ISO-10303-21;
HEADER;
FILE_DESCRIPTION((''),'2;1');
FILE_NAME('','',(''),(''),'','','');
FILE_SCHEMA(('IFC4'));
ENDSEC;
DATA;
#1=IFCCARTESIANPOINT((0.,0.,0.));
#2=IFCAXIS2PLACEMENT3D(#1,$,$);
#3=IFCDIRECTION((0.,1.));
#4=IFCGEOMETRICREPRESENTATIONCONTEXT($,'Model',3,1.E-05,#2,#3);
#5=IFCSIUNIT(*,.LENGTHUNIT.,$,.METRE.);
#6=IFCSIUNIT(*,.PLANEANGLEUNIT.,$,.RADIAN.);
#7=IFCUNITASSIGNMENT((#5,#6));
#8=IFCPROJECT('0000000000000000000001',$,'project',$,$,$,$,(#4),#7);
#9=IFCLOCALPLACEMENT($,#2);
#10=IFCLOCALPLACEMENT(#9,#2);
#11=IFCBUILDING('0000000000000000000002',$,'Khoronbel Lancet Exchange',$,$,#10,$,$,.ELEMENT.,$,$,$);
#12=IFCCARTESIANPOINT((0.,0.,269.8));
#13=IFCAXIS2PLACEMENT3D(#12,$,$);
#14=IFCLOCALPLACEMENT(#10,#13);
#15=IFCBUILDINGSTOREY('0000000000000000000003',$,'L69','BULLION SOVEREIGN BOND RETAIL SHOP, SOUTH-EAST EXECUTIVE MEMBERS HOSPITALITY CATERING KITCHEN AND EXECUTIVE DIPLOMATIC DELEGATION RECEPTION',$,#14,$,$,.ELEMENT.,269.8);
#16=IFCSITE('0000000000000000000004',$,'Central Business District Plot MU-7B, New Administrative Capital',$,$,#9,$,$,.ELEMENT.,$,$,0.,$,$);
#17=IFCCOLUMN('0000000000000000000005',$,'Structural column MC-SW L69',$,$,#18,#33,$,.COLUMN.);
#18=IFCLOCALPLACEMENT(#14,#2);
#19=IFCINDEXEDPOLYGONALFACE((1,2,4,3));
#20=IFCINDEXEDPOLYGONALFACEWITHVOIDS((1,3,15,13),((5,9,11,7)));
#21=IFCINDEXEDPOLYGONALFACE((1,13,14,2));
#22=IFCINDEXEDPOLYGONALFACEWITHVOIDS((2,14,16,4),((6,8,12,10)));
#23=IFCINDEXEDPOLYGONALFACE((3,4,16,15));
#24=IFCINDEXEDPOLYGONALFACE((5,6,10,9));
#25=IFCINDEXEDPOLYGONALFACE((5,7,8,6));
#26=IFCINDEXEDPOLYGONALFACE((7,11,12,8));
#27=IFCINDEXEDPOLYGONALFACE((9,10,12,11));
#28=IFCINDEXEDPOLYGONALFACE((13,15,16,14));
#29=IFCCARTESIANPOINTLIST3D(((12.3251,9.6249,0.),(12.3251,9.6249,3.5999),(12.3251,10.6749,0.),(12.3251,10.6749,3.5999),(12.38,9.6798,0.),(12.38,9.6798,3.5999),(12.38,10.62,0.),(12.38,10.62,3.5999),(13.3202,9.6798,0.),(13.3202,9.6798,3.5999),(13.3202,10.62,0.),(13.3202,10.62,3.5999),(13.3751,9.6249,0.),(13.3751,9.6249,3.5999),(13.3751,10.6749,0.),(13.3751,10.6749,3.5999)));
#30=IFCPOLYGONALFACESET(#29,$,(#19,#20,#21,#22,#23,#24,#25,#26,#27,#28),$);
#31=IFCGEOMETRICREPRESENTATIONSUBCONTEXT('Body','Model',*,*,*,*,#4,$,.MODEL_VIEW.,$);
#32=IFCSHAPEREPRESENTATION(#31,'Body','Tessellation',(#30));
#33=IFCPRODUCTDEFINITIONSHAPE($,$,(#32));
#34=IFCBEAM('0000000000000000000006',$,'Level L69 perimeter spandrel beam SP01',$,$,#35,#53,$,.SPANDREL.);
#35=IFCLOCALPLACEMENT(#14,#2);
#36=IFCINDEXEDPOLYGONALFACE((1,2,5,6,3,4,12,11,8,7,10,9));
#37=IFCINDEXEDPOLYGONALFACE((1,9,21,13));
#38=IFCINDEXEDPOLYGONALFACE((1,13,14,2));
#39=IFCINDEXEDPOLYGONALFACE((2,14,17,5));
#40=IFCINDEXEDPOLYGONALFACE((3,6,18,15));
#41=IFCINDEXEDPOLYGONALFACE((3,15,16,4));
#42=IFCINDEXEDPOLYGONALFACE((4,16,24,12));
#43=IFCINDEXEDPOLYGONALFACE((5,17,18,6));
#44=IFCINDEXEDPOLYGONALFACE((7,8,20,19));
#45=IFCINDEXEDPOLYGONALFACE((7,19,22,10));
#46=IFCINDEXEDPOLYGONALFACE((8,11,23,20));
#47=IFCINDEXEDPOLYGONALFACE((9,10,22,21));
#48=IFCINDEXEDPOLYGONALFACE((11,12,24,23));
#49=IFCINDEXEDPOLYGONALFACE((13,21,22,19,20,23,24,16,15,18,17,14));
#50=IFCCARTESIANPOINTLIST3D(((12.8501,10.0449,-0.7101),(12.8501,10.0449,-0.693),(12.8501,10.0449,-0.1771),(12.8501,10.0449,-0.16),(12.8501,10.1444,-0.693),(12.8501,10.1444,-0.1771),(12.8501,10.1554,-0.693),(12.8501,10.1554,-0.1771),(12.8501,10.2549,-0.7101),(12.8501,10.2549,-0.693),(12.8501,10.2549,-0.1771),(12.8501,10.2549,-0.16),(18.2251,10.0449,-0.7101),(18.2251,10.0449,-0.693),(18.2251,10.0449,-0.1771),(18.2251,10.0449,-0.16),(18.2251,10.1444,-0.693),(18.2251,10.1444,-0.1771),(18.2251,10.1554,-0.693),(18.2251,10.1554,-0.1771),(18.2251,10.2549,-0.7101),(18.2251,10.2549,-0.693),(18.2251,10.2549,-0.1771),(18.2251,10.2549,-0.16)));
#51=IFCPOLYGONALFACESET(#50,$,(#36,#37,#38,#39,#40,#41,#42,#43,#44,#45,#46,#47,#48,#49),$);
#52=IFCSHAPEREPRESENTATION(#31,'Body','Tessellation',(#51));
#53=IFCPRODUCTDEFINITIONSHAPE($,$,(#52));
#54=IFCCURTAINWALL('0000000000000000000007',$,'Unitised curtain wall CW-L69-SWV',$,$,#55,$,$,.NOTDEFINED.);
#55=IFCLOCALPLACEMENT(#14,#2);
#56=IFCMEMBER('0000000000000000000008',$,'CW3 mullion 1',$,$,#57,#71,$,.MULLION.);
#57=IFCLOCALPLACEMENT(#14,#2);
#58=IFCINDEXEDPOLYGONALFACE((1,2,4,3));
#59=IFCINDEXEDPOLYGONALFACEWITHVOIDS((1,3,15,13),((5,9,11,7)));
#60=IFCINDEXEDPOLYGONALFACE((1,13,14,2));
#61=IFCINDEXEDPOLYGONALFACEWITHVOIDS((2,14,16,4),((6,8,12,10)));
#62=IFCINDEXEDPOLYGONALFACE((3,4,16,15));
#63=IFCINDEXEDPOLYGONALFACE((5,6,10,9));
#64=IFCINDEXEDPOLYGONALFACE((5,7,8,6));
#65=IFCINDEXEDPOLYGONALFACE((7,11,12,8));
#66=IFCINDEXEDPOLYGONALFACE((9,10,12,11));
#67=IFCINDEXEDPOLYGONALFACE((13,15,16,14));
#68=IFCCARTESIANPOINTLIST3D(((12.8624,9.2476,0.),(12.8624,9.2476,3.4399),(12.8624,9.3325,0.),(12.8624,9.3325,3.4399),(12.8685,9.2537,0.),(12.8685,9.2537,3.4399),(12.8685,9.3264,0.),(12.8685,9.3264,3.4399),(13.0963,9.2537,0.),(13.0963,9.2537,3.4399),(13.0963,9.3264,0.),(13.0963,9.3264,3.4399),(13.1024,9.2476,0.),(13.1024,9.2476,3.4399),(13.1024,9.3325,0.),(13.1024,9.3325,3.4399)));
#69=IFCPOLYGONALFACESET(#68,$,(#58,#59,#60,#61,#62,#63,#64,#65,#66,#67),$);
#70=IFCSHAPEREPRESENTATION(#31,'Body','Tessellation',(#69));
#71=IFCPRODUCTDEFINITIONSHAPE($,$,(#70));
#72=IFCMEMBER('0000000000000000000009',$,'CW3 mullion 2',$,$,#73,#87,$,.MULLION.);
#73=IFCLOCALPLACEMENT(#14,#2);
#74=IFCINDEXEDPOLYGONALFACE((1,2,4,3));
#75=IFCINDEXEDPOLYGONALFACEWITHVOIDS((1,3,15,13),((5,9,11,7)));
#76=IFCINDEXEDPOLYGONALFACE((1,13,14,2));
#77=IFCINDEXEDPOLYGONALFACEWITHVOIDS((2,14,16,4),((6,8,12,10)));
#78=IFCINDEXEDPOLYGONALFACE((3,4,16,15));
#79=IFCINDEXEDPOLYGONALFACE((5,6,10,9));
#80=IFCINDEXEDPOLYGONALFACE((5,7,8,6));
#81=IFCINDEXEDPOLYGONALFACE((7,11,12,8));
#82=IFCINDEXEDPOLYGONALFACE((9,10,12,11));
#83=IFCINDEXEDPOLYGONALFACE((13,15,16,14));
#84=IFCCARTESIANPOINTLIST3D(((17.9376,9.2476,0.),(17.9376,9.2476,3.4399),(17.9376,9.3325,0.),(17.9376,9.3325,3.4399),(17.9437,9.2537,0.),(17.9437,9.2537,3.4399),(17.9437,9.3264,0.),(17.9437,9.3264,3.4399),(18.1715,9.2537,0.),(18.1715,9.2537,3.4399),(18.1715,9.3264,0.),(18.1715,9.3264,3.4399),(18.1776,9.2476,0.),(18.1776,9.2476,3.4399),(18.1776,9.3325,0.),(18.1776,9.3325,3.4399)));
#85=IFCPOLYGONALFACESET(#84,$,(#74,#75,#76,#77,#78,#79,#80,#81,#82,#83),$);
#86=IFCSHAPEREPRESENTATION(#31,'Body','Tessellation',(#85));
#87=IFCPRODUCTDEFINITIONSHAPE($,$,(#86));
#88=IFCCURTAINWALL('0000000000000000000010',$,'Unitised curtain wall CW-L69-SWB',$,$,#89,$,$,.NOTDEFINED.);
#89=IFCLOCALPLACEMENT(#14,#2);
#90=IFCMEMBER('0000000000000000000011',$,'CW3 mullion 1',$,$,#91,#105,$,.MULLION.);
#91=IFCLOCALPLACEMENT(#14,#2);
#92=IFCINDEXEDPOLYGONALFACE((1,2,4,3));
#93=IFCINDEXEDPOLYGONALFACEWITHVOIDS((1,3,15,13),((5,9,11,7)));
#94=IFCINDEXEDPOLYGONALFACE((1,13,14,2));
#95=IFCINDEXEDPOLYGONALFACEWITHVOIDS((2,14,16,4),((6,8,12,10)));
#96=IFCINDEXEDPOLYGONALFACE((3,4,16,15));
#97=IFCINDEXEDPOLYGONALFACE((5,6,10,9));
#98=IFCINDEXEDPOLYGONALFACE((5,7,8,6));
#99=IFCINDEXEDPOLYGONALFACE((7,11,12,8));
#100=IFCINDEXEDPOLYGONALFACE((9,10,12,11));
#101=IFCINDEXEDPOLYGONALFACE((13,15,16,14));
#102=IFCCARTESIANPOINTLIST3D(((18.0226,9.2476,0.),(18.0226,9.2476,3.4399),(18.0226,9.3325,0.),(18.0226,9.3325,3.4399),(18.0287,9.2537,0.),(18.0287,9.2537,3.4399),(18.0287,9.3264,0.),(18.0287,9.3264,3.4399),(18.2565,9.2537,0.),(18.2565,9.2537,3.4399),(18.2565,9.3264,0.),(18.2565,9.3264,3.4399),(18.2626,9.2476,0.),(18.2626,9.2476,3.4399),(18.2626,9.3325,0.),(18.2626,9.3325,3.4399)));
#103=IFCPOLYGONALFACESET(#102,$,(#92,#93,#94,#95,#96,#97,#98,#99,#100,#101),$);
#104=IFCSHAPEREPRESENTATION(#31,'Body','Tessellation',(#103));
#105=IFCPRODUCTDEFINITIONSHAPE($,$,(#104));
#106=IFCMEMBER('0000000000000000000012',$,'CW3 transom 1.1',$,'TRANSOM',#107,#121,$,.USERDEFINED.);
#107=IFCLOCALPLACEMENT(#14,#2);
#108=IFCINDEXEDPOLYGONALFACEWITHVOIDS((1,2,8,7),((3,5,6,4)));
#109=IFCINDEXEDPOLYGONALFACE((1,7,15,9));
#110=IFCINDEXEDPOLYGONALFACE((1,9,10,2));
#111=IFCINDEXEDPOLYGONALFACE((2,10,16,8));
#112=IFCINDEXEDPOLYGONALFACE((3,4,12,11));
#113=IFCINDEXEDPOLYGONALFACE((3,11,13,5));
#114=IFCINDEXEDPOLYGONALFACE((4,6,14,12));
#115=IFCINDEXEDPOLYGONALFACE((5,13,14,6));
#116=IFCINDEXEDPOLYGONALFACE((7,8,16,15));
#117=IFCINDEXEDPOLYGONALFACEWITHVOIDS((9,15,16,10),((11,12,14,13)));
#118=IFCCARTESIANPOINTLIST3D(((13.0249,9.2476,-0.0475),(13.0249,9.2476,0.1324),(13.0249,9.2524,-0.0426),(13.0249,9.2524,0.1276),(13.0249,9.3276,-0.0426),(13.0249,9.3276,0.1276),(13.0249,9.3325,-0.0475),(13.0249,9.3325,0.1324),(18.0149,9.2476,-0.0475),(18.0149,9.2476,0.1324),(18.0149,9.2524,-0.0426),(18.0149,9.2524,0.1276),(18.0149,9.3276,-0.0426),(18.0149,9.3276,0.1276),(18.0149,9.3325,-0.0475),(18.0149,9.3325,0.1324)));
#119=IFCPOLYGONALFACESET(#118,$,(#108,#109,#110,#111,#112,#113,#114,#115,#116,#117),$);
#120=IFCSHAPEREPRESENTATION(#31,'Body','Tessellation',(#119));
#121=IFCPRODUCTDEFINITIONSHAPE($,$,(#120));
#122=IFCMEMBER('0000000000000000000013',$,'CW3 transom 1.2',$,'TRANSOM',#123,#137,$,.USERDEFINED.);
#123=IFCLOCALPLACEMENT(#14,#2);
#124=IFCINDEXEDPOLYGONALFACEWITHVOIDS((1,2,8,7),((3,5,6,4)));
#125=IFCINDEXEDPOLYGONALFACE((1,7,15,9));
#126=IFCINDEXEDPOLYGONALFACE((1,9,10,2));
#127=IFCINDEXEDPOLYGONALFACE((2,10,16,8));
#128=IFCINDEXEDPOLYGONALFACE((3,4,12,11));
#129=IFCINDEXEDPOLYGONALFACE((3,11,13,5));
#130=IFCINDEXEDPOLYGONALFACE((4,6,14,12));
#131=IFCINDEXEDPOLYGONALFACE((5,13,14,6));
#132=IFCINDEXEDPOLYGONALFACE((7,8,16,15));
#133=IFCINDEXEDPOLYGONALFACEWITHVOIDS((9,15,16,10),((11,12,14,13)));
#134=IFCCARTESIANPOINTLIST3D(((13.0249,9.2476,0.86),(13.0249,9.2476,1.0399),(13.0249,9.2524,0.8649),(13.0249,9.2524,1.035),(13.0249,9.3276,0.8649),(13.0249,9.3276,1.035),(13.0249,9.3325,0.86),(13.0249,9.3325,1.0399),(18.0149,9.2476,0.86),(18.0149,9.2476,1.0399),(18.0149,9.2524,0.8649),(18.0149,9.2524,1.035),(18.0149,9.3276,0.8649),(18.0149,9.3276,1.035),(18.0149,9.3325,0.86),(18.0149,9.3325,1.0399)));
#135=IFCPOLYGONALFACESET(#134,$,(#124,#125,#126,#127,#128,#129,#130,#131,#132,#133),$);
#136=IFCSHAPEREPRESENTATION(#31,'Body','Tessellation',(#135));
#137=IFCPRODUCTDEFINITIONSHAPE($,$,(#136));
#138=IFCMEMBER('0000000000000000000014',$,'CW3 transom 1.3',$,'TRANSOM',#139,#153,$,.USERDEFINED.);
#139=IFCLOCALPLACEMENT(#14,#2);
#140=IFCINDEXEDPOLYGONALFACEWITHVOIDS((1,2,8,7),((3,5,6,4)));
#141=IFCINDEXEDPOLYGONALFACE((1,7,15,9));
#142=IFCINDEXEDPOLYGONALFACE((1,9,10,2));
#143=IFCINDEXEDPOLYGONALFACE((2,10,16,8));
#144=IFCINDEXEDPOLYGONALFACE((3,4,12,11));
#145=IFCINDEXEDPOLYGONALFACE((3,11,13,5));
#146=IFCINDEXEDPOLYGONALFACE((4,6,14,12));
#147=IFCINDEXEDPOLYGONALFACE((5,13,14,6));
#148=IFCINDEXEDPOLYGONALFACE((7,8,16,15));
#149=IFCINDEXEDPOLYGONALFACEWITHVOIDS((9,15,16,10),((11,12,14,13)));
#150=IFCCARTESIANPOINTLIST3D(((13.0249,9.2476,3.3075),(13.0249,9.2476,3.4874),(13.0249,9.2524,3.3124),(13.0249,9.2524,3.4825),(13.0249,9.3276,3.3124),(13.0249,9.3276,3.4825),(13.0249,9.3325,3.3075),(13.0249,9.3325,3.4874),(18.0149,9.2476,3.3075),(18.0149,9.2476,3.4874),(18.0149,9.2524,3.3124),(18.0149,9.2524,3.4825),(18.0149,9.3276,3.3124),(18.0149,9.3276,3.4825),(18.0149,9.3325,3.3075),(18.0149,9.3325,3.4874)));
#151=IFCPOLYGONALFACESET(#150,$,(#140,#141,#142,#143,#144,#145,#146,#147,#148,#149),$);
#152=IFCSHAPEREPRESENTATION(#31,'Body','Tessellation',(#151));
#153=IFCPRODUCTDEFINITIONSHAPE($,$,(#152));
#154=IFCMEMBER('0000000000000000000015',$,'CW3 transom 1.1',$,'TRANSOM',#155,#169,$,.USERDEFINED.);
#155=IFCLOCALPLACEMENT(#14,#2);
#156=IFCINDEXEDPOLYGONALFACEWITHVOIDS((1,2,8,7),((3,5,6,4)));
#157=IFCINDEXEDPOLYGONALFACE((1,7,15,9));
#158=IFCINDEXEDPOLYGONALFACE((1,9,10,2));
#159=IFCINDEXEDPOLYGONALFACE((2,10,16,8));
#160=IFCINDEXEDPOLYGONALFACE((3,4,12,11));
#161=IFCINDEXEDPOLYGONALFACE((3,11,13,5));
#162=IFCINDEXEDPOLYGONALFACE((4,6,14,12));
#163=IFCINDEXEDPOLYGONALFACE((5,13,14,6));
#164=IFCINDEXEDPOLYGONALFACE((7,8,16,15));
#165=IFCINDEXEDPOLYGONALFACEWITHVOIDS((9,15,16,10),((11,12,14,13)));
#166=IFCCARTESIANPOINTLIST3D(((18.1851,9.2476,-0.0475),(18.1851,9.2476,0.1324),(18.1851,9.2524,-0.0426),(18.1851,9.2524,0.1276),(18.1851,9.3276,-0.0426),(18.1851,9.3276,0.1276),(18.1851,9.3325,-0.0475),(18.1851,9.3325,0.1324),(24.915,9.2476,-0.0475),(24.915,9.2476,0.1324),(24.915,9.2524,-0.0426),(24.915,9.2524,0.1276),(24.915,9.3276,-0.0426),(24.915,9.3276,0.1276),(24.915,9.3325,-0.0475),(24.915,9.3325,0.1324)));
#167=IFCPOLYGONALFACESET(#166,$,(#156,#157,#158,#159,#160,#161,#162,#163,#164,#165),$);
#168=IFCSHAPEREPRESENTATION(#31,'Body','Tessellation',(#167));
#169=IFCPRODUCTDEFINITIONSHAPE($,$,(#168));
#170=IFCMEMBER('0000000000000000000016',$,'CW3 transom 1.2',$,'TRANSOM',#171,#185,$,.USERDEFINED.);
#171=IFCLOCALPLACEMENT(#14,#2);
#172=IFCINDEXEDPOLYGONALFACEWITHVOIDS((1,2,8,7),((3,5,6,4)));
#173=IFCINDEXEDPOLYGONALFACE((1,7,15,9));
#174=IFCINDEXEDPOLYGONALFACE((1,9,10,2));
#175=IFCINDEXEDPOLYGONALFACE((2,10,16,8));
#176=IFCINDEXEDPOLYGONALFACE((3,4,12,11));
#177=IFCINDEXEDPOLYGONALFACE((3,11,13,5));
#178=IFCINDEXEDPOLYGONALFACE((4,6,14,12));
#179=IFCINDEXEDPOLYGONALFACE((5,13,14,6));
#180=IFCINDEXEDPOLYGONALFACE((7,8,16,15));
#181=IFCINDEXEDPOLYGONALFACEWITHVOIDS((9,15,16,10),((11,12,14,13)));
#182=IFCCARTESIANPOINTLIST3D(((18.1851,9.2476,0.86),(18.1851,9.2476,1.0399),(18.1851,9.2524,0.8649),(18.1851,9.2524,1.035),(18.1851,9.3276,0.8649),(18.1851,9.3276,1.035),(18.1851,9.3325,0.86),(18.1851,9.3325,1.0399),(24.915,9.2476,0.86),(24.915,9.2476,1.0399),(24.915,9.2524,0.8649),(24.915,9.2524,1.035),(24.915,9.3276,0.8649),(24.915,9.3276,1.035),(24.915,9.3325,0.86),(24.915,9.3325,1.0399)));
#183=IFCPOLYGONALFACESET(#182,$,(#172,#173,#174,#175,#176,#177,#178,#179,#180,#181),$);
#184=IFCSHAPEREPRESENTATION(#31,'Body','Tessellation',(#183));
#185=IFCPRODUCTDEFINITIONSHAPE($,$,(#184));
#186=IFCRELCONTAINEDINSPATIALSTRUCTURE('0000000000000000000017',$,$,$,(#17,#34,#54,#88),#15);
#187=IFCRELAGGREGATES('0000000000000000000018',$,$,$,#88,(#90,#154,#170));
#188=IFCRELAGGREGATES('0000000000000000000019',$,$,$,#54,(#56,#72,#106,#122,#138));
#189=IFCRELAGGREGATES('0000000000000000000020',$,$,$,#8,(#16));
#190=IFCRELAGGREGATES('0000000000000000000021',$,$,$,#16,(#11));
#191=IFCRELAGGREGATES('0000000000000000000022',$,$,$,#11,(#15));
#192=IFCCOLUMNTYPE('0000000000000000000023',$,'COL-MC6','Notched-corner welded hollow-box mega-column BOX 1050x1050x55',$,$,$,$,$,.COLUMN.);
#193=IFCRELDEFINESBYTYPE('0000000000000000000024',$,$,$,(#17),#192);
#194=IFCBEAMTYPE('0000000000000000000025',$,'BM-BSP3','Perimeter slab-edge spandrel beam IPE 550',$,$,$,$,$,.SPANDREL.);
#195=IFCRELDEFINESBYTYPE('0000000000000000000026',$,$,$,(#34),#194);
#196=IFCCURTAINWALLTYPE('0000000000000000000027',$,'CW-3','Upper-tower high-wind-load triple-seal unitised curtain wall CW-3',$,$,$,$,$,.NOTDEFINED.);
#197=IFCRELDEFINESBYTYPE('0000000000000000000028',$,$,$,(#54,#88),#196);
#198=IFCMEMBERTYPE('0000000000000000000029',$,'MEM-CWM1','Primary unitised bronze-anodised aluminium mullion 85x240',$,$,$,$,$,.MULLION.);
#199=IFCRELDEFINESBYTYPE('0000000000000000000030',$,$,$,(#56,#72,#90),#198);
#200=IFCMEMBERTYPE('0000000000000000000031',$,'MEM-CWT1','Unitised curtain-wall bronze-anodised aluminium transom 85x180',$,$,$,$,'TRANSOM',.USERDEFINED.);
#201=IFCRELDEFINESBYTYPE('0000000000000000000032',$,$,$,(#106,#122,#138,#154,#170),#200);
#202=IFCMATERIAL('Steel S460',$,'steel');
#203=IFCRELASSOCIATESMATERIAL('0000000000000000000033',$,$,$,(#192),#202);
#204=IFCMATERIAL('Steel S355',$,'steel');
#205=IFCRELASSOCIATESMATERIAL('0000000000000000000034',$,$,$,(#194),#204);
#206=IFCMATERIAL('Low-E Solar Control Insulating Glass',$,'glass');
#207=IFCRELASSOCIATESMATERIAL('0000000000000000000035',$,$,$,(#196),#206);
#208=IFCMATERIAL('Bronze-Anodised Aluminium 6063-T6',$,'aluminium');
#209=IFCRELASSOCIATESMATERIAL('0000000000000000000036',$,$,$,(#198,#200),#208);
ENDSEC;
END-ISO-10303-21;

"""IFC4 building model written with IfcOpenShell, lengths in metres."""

from ifc_helpers import new_model, si_unit, direction, frame, origin, origin_2d, place, context, subcontext, project, spatial, hollow_rectangle, i_section, extrude, material, material_profile, profile_set, type_object, element, aggregate, save


model = new_model("IFC4")

# Units and contexts
model_context = context("Model", 3, precision=1e-05, world=origin(), true_north=direction((0.0, 1.0)))
body_context = subcontext(model_context, "Body", "Model", "MODEL_VIEW")
ifc_project = project(units=[si_unit("LENGTHUNIT", "METRE"), si_unit("PLANEANGLEUNIT", "RADIAN")], contexts=[model_context])

# Site, building, storey
site_placement = place(None, origin())
site = spatial("IfcSite", under=ifc_project, at=site_placement, Name="Central Business District Plot MU-7B, New Administrative Capital", CompositionType="ELEMENT", RefElevation=0.0)
building_placement = place(site_placement, origin())
building = spatial("IfcBuilding", under=site, at=building_placement, Name="Khoronbel Lancet Exchange", CompositionType="ELEMENT")
storey_placement = place(building_placement, frame((0.0, 0.0, 269.8)))
storey = spatial("IfcBuildingStorey", under=building, at=storey_placement, Name="L69", Description="BULLION SOVEREIGN BOND RETAIL SHOP, SOUTH-EAST EXECUTIVE MEMBERS HOSPITALITY CATERING KITCHEN AND EXECUTIVE DIPLOMATIC DELEGATION RECEPTION", CompositionType="ELEMENT", Elevation=269.8)

# Column
ifc_material_1 = material(Name="Steel S460", Category="steel")
ifc_material_profile_1 = material_profile(ifc_material_1, hollow_rectangle(XDim=1.05, YDim=1.05, WallThickness=0.0549, at=origin_2d()), Name="BOX 1050x1050x55")
ifc_profile_set_1 = profile_set([ifc_material_profile_1], Name="Steel S460")
column_type = type_object("IfcColumnType", Name="COL-MC6", Description="Notched-corner welded hollow-box mega-column BOX 1050x1050x55", PredefinedType="COLUMN", material=ifc_profile_set_1)
column_placement = place(storey_placement, frame((12.8501, 10.1499, 0.0), z_axis=(0.0, 0.0, 1.0), x_axis=(1.0, 0.0, 0.0)))
element("IfcColumn", 1, at=column_placement, inside=storey, type_object=column_type, Name="Structural column MC-SW L69", PredefinedType="COLUMN", context=body_context, shape_type="SweptSolid", body=[
    extrude(hollow_rectangle(XDim=1.05, YDim=1.05, WallThickness=0.0549, at=origin_2d()), origin(), (0.0, 0.0, 1.0), 3.5999),
])

# Beam
ifc_material_2 = material(Name="Steel S355", Category="steel")
ifc_material_profile_2 = material_profile(ifc_material_2, i_section(OverallWidth=0.21, OverallDepth=0.55, WebThickness=0.011, FlangeThickness=0.0171, at=origin_2d()), Name="IPE 550")
ifc_profile_set_2 = profile_set([ifc_material_profile_2], Name="Steel S355")
beam_type = type_object("IfcBeamType", Name="BM-BSP3", Description="Perimeter slab-edge spandrel beam IPE 550", PredefinedType="SPANDREL", material=ifc_profile_set_2)
beam_placement = place(storey_placement, frame((12.8501, 10.1499, -0.4351), z_axis=(1.0, 0.0, 0.0), x_axis=(0.0, 1.0, 0.0)))
element("IfcBeam", 2, at=beam_placement, inside=storey, type_object=beam_type, Name="Level L69 perimeter spandrel beam SP01", PredefinedType="SPANDREL", context=body_context, shape_type="SweptSolid", body=[
    extrude(i_section(OverallWidth=0.21, OverallDepth=0.55, WebThickness=0.011, FlangeThickness=0.0171, at=origin_2d()), origin(), (0.0, 0.0, 1.0), 5.375),
])

# Curtain wall, members
ifc_material_3 = material(Name="Low-E Solar Control Insulating Glass", Category="glass")
curtain_wall_type = type_object("IfcCurtainWallType", Name="CW-3", Description="Upper-tower high-wind-load triple-seal unitised curtain wall CW-3", PredefinedType="NOTDEFINED", material=ifc_material_3)
curtain_wall_1_placement = place(storey_placement, origin())
curtain_wall_1 = element("IfcCurtainWall", 3, at=curtain_wall_1_placement, inside=storey, type_object=curtain_wall_type, Name="Unitised curtain wall CW-L69-SWV", PredefinedType="NOTDEFINED")
ifc_material_4 = material(Name="Bronze-Anodised Aluminium 6063-T6", Category="aluminium")
ifc_material_profile_3 = material_profile(ifc_material_4, hollow_rectangle(XDim=0.085, YDim=0.24, WallThickness=0.0061, at=origin_2d()), Name="ALU MULLION 85x240")
ifc_profile_set_3 = profile_set([ifc_material_profile_3], Name="Bronze-Anodised Aluminium 6063-T6")
member_type_1 = type_object("IfcMemberType", Name="MEM-CWM1", Description="Primary unitised bronze-anodised aluminium mullion 85x240", PredefinedType="MULLION", material=ifc_profile_set_3)
member_1_placement = place(storey_placement, frame((12.9824, 9.29, 0.0), z_axis=(0.0, 0.0, 1.0), x_axis=(0.0, 1.0, 0.0)))
member_1 = element("IfcMember", 4, at=member_1_placement, type_object=member_type_1, Name="CW3 mullion 1", PredefinedType="MULLION", context=body_context, shape_type="SweptSolid", body=[
    extrude(hollow_rectangle(XDim=0.085, YDim=0.24, WallThickness=0.0061, at=origin_2d()), origin(), (0.0, 0.0, 1.0), 3.4399),
])
member_2_placement = place(storey_placement, frame((18.0576, 9.29, 0.0), z_axis=(0.0, 0.0, 1.0), x_axis=(0.0, 1.0, 0.0)))
member_2 = element("IfcMember", 5, at=member_2_placement, type_object=member_type_1, Name="CW3 mullion 2", PredefinedType="MULLION", context=body_context, shape_type="SweptSolid", body=[
    extrude(hollow_rectangle(XDim=0.085, YDim=0.24, WallThickness=0.0061, at=origin_2d()), origin(), (0.0, 0.0, 1.0), 3.4399),
])

# Curtain wall, member
curtain_wall_2_placement = place(storey_placement, origin())
curtain_wall_2 = element("IfcCurtainWall", 6, at=curtain_wall_2_placement, inside=storey, type_object=curtain_wall_type, Name="Unitised curtain wall CW-L69-SWB", PredefinedType="NOTDEFINED")
member_3_placement = place(storey_placement, frame((18.1426, 9.29, 0.0), z_axis=(0.0, 0.0, 1.0), x_axis=(0.0, 1.0, 0.0)))
member_3 = element("IfcMember", 7, at=member_3_placement, type_object=member_type_1, Name="CW3 mullion 1", PredefinedType="MULLION", context=body_context, shape_type="SweptSolid", body=[
    extrude(hollow_rectangle(XDim=0.085, YDim=0.24, WallThickness=0.0061, at=origin_2d()), origin(), (0.0, 0.0, 1.0), 3.4399),
])

# Members
ifc_material_profile_4 = material_profile(ifc_material_4, hollow_rectangle(XDim=0.085, YDim=0.1799, WallThickness=0.0049, at=origin_2d()), Name="ALU TRANSOM 85x180")
ifc_profile_set_4 = profile_set([ifc_material_profile_4], Name="Bronze-Anodised Aluminium 6063-T6")
member_type_2 = type_object("IfcMemberType", Name="MEM-CWT1", Description="Unitised curtain-wall bronze-anodised aluminium transom 85x180", ElementType="TRANSOM", PredefinedType="USERDEFINED", material=ifc_profile_set_4)
member_4_placement = place(storey_placement, frame((13.0249, 9.29, 0.0425), z_axis=(1.0, 0.0, 0.0), x_axis=(0.0, 1.0, 0.0)))
member_4 = element("IfcMember", 8, at=member_4_placement, type_object=member_type_2, Name="CW3 transom 1.1", ObjectType="TRANSOM", PredefinedType="USERDEFINED", context=body_context, shape_type="SweptSolid", body=[
    extrude(hollow_rectangle(XDim=0.085, YDim=0.1799, WallThickness=0.0049, at=origin_2d()), origin(), (0.0, 0.0, 1.0), 4.99),
])
member_5_placement = place(storey_placement, frame((13.0249, 9.29, 0.95), z_axis=(1.0, 0.0, 0.0), x_axis=(0.0, 1.0, 0.0)))
member_5 = element("IfcMember", 9, at=member_5_placement, type_object=member_type_2, Name="CW3 transom 1.2", ObjectType="TRANSOM", PredefinedType="USERDEFINED", context=body_context, shape_type="SweptSolid", body=[
    extrude(hollow_rectangle(XDim=0.085, YDim=0.1799, WallThickness=0.0049, at=origin_2d()), origin(), (0.0, 0.0, 1.0), 4.99),
])
member_6_placement = place(storey_placement, frame((13.0249, 9.29, 3.3975), z_axis=(1.0, 0.0, 0.0), x_axis=(0.0, 1.0, 0.0)))
member_6 = element("IfcMember", 10, at=member_6_placement, type_object=member_type_2, Name="CW3 transom 1.3", ObjectType="TRANSOM", PredefinedType="USERDEFINED", context=body_context, shape_type="SweptSolid", body=[
    extrude(hollow_rectangle(XDim=0.085, YDim=0.1799, WallThickness=0.0049, at=origin_2d()), origin(), (0.0, 0.0, 1.0), 4.99),
])
member_7_placement = place(storey_placement, frame((18.1851, 9.29, 0.0425), z_axis=(1.0, 0.0, 0.0), x_axis=(0.0, 1.0, 0.0)))
member_7 = element("IfcMember", 11, at=member_7_placement, type_object=member_type_2, Name="CW3 transom 1.1", ObjectType="TRANSOM", PredefinedType="USERDEFINED", context=body_context, shape_type="SweptSolid", body=[
    extrude(hollow_rectangle(XDim=0.085, YDim=0.1799, WallThickness=0.0049, at=origin_2d()), origin(), (0.0, 0.0, 1.0), 6.73),
])
member_8_placement = place(storey_placement, frame((18.1851, 9.29, 0.95), z_axis=(1.0, 0.0, 0.0), x_axis=(0.0, 1.0, 0.0)))
member_8 = element("IfcMember", 12, at=member_8_placement, type_object=member_type_2, Name="CW3 transom 1.2", ObjectType="TRANSOM", PredefinedType="USERDEFINED", context=body_context, shape_type="SweptSolid", body=[
    extrude(hollow_rectangle(XDim=0.085, YDim=0.1799, WallThickness=0.0049, at=origin_2d()), origin(), (0.0, 0.0, 1.0), 6.73),
])
aggregate(curtain_wall_2, [member_3, member_7, member_8])

aggregate(curtain_wall_1, [member_1, member_2, member_4, member_5, member_6])

save(model, "model.ifc")
